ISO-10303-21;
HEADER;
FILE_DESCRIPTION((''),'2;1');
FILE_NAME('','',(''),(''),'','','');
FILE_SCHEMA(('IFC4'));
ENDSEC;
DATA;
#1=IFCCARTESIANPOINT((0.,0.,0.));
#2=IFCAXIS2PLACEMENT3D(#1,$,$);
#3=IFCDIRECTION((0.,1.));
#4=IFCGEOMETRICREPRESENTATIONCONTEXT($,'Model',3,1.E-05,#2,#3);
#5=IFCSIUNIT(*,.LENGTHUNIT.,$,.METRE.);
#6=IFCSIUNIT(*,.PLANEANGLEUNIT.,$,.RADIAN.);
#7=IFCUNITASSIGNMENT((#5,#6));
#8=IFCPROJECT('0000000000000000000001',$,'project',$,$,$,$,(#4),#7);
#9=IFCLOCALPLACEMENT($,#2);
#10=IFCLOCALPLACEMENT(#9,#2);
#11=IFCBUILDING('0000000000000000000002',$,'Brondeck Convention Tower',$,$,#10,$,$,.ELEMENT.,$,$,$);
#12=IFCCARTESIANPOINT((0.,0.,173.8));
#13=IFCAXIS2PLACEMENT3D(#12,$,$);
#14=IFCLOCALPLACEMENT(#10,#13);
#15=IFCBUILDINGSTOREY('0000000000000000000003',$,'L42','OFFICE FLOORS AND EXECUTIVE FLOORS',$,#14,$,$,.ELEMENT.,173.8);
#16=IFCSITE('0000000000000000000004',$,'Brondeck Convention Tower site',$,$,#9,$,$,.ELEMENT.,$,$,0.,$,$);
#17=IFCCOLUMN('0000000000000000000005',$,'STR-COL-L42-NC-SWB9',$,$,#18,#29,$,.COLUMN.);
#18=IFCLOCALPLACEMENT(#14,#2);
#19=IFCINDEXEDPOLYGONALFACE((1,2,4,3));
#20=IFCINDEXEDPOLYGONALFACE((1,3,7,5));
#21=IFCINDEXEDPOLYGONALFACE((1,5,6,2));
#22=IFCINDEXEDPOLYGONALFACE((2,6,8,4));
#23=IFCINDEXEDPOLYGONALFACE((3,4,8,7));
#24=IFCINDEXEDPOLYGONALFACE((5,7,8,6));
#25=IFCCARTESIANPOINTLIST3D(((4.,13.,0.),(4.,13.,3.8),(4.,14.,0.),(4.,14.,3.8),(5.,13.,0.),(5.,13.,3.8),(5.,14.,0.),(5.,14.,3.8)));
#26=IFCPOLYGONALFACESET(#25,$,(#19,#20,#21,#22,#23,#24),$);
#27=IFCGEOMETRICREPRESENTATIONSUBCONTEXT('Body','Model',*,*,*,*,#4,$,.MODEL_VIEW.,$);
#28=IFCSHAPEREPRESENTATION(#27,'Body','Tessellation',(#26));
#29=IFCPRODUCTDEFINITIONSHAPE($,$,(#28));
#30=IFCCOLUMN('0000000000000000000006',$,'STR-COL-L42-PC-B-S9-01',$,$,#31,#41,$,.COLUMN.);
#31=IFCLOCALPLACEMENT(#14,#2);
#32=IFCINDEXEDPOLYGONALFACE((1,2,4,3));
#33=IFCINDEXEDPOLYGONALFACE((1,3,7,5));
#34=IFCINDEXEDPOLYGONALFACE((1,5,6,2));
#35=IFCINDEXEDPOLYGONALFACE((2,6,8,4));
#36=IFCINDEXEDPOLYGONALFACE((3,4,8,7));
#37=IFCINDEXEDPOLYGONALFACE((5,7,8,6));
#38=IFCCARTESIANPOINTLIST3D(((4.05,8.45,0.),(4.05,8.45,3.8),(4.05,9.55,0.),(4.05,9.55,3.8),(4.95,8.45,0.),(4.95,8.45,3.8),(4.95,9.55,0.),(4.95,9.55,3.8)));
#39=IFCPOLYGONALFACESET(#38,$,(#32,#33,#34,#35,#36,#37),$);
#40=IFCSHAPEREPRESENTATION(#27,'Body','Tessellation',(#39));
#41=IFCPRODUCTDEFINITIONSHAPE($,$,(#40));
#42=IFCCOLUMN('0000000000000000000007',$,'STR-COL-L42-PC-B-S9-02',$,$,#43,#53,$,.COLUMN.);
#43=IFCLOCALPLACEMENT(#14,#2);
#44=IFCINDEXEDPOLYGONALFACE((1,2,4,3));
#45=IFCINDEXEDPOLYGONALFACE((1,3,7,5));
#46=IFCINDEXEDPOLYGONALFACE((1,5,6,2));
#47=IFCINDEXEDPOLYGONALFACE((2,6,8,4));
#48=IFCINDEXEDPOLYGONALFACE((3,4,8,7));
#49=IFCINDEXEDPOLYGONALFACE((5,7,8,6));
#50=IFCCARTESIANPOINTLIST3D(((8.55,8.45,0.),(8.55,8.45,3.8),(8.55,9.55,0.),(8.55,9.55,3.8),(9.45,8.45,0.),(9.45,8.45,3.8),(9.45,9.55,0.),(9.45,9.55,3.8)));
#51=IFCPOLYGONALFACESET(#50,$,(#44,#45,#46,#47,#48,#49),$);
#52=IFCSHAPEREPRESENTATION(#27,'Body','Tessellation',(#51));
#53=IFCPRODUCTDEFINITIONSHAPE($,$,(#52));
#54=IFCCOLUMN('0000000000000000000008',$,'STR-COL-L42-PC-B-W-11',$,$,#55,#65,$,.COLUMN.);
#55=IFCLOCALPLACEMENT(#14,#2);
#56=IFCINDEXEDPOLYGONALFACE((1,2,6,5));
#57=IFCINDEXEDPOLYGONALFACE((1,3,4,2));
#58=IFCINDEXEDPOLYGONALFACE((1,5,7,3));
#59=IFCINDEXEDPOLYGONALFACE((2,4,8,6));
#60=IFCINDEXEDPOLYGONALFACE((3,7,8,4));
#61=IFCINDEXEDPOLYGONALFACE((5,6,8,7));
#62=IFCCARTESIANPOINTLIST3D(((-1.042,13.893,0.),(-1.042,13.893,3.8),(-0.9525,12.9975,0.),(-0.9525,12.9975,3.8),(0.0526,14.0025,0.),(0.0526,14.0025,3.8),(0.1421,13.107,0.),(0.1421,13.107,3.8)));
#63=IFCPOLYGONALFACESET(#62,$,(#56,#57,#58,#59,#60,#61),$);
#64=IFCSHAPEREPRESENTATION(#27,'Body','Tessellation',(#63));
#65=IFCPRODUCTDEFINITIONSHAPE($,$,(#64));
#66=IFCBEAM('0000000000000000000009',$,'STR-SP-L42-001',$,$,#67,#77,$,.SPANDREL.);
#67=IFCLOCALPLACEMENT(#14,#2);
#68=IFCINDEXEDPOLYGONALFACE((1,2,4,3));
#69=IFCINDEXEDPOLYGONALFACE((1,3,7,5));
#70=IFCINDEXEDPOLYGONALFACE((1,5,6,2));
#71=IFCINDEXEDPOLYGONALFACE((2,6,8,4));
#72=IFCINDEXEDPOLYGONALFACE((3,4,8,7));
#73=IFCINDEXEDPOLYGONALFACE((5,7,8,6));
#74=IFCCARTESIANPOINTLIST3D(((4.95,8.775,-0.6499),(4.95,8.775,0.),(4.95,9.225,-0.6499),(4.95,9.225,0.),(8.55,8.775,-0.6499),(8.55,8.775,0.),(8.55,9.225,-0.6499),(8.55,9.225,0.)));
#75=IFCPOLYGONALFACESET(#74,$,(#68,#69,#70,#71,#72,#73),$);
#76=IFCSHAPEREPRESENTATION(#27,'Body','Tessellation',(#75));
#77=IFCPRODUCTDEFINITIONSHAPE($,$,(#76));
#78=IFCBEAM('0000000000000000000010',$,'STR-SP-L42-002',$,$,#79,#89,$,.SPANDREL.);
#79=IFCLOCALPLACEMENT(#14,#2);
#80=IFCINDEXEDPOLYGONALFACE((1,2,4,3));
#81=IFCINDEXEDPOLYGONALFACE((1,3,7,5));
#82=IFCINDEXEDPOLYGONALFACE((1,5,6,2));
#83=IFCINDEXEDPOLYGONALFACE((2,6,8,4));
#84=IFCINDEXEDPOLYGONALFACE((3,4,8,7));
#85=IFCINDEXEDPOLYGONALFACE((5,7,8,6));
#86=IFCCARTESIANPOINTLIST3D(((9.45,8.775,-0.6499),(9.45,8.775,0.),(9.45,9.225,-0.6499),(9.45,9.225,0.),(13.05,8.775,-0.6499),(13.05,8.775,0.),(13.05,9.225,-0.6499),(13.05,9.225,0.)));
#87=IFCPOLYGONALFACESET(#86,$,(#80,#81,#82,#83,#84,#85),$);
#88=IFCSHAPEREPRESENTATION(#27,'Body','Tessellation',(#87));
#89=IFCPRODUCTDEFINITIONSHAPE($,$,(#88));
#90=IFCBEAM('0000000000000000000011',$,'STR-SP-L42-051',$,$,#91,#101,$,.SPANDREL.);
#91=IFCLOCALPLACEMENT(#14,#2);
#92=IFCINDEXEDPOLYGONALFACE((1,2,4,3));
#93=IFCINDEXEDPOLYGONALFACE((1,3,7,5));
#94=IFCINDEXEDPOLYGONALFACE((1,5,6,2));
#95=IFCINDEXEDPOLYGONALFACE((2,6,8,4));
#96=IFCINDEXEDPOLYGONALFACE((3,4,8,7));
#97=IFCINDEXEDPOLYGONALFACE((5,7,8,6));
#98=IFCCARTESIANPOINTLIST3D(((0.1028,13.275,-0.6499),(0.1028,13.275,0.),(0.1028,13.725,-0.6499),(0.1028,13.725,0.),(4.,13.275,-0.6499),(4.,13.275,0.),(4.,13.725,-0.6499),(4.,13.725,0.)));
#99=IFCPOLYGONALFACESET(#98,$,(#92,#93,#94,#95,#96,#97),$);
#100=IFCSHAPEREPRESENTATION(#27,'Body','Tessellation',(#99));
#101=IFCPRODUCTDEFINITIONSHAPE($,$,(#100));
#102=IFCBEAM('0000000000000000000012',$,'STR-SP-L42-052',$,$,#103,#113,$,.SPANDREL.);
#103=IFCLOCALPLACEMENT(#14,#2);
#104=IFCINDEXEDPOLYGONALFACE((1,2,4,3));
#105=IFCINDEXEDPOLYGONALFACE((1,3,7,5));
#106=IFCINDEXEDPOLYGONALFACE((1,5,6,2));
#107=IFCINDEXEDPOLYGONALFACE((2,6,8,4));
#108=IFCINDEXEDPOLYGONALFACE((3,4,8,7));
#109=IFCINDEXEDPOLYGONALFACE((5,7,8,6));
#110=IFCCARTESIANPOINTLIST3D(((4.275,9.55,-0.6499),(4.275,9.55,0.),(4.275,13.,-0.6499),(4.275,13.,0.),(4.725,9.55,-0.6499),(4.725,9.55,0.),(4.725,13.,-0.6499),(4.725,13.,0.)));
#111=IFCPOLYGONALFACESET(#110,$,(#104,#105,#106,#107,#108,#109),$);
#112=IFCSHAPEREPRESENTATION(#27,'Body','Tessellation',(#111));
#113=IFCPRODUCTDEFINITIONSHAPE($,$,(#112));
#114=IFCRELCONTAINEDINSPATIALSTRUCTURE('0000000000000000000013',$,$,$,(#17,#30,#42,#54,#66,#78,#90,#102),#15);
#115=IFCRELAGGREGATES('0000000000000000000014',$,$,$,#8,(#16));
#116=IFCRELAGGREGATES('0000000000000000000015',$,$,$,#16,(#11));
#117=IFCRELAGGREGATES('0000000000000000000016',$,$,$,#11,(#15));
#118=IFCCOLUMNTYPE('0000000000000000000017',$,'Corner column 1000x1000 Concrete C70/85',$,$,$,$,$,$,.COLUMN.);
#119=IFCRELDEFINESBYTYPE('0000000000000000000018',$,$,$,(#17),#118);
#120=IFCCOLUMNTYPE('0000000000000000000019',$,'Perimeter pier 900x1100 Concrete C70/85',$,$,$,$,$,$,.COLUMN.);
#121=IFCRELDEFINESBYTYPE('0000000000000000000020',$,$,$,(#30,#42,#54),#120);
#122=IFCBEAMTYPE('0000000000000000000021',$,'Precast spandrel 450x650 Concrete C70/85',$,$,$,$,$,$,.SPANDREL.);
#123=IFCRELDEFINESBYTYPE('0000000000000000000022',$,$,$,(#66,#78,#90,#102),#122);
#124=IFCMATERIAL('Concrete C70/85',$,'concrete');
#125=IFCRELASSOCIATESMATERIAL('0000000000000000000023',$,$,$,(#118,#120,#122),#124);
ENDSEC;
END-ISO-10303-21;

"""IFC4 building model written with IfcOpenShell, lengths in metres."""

from ifc_helpers import new_model, si_unit, direction, frame, origin, origin_2d, place, context, subcontext, project, spatial, rectangle, extrude, material, material_profile, profile_set, type_object, element, save


model = new_model("IFC4")

# Units and contexts
model_context = context("Model", 3, precision=1e-05, world=origin(), true_north=direction((0.0, 1.0)))
body_context = subcontext(model_context, "Body", "Model", "MODEL_VIEW")
ifc_project = project(units=[si_unit("LENGTHUNIT", "METRE"), si_unit("PLANEANGLEUNIT", "RADIAN")], contexts=[model_context])

# Site, building, storey
site_placement = place(None, origin())
site = spatial("IfcSite", under=ifc_project, at=site_placement, Name="Brondeck Convention Tower site", CompositionType="ELEMENT", RefElevation=0.0)
building_placement = place(site_placement, origin())
building = spatial("IfcBuilding", under=site, at=building_placement, Name="Brondeck Convention Tower", CompositionType="ELEMENT")
storey_placement = place(building_placement, frame((0.0, 0.0, 173.8)))
storey = spatial("IfcBuildingStorey", under=building, at=storey_placement, Name="L42", Description="OFFICE FLOORS AND EXECUTIVE FLOORS", CompositionType="ELEMENT", Elevation=173.8)

# Columns
ifc_material_1 = material(Name="Concrete C70/85", Category="concrete")
ifc_material_profile_1 = material_profile(ifc_material_1, rectangle(XDim=1.0, YDim=1.0, at=origin_2d()), Name="Corner column 1000x1000 Concrete C70/85")
ifc_profile_set_1 = profile_set([ifc_material_profile_1], Name="Concrete C70/85")
column_type_1 = type_object("IfcColumnType", Name="Corner column 1000x1000 Concrete C70/85", PredefinedType="COLUMN", material=ifc_profile_set_1)
column_placement = place(storey_placement, frame((4.5, 13.5, 0.0), z_axis=(0.0, 0.0, 1.0), x_axis=(1.0, 0.0, 0.0)))
element("IfcColumn", 1, at=column_placement, inside=storey, type_object=column_type_1, Name="STR-COL-L42-NC-SWB9", PredefinedType="COLUMN", context=body_context, shape_type="SweptSolid", body=[
    extrude(rectangle(XDim=1.0, YDim=1.0, at=origin_2d()), origin(), (0.0, 0.0, 1.0), 3.8),
])
ifc_material_profile_2 = material_profile(ifc_material_1, rectangle(XDim=0.8999, YDim=1.1001, at=origin_2d()), Name="Perimeter pier 900x1100 Concrete C70/85")
ifc_profile_set_2 = profile_set([ifc_material_profile_2], Name="Concrete C70/85")
column_type_2 = type_object("IfcColumnType", Name="Perimeter pier 900x1100 Concrete C70/85", PredefinedType="COLUMN", material=ifc_profile_set_2)
for number, where, z_axis, x_axis, name in (
    (2, (4.5, 9.0, 0.0), (0.0, 0.0, 1.0), (1.0, 0.0, 0.0), "STR-COL-L42-PC-B-S9-01"),
    (3, (9.0, 9.0, 0.0), (0.0, 0.0, 1.0), (1.0, 0.0, 0.0), "STR-COL-L42-PC-B-S9-02"),
    (4, (-0.45, 13.5, 0.0), (0.0, 0.0, 1.0), (0.099504, -0.995037, 0.0), "STR-COL-L42-PC-B-W-11"),
):
    element("IfcColumn", number, at=place(storey_placement, frame(where, z_axis=z_axis, x_axis=x_axis)), inside=storey, type_object=column_type_2, Name=name, PredefinedType="COLUMN", context=body_context, shape_type="SweptSolid", body=[
        extrude(rectangle(XDim=0.8999, YDim=1.1001, at=origin_2d()), origin(), (0.0, 0.0, 1.0), 3.8),
    ])

# Beams
ifc_material_profile_3 = material_profile(ifc_material_1, rectangle(XDim=0.45, YDim=0.6499, at=origin_2d()), Name="Precast spandrel 450x650 Concrete C70/85")
ifc_profile_set_3 = profile_set([ifc_material_profile_3], Name="Concrete C70/85")
beam_type = type_object("IfcBeamType", Name="Precast spandrel 450x650 Concrete C70/85", PredefinedType="SPANDREL", material=ifc_profile_set_3)
for number, where, z_axis, x_axis, name in (
    (5, (4.95, 9.0, -0.325), (1.0, 0.0, 0.0), (0.0, 1.0, 0.0), "STR-SP-L42-001"),
    (6, (9.45, 9.0, -0.325), (1.0, 0.0, 0.0), (0.0, 1.0, 0.0), "STR-SP-L42-002"),
):
    element("IfcBeam", number, at=place(storey_placement, frame(where, z_axis=z_axis, x_axis=x_axis)), inside=storey, type_object=beam_type, Name=name, PredefinedType="SPANDREL", context=body_context, shape_type="SweptSolid", body=[
        extrude(rectangle(XDim=0.45, YDim=0.6499, at=origin_2d()), origin(), (0.0, 0.0, 1.0), 3.6001),
    ])
beam_1_placement = place(storey_placement, frame((0.1028, 13.5, -0.325), z_axis=(1.0, 0.0, 0.0), x_axis=(0.0, 1.0, 0.0)))
element("IfcBeam", 7, at=beam_1_placement, inside=storey, type_object=beam_type, Name="STR-SP-L42-051", PredefinedType="SPANDREL", context=body_context, shape_type="SweptSolid", body=[
    extrude(rectangle(XDim=0.45, YDim=0.6499, at=origin_2d()), origin(), (0.0, 0.0, 1.0), 3.8972),
])
beam_2_placement = place(storey_placement, frame((4.5, 13.0, -0.325), z_axis=(0.0, -1.0, 0.0), x_axis=(1.0, 0.0, 0.0)))
element("IfcBeam", 8, at=beam_2_placement, inside=storey, type_object=beam_type, Name="STR-SP-L42-052", PredefinedType="SPANDREL", context=body_context, shape_type="SweptSolid", body=[
    extrude(rectangle(XDim=0.45, YDim=0.6499, at=origin_2d()), origin(), (0.0, 0.0, 1.0), 3.45),
])

save(model, "model.ifc")
